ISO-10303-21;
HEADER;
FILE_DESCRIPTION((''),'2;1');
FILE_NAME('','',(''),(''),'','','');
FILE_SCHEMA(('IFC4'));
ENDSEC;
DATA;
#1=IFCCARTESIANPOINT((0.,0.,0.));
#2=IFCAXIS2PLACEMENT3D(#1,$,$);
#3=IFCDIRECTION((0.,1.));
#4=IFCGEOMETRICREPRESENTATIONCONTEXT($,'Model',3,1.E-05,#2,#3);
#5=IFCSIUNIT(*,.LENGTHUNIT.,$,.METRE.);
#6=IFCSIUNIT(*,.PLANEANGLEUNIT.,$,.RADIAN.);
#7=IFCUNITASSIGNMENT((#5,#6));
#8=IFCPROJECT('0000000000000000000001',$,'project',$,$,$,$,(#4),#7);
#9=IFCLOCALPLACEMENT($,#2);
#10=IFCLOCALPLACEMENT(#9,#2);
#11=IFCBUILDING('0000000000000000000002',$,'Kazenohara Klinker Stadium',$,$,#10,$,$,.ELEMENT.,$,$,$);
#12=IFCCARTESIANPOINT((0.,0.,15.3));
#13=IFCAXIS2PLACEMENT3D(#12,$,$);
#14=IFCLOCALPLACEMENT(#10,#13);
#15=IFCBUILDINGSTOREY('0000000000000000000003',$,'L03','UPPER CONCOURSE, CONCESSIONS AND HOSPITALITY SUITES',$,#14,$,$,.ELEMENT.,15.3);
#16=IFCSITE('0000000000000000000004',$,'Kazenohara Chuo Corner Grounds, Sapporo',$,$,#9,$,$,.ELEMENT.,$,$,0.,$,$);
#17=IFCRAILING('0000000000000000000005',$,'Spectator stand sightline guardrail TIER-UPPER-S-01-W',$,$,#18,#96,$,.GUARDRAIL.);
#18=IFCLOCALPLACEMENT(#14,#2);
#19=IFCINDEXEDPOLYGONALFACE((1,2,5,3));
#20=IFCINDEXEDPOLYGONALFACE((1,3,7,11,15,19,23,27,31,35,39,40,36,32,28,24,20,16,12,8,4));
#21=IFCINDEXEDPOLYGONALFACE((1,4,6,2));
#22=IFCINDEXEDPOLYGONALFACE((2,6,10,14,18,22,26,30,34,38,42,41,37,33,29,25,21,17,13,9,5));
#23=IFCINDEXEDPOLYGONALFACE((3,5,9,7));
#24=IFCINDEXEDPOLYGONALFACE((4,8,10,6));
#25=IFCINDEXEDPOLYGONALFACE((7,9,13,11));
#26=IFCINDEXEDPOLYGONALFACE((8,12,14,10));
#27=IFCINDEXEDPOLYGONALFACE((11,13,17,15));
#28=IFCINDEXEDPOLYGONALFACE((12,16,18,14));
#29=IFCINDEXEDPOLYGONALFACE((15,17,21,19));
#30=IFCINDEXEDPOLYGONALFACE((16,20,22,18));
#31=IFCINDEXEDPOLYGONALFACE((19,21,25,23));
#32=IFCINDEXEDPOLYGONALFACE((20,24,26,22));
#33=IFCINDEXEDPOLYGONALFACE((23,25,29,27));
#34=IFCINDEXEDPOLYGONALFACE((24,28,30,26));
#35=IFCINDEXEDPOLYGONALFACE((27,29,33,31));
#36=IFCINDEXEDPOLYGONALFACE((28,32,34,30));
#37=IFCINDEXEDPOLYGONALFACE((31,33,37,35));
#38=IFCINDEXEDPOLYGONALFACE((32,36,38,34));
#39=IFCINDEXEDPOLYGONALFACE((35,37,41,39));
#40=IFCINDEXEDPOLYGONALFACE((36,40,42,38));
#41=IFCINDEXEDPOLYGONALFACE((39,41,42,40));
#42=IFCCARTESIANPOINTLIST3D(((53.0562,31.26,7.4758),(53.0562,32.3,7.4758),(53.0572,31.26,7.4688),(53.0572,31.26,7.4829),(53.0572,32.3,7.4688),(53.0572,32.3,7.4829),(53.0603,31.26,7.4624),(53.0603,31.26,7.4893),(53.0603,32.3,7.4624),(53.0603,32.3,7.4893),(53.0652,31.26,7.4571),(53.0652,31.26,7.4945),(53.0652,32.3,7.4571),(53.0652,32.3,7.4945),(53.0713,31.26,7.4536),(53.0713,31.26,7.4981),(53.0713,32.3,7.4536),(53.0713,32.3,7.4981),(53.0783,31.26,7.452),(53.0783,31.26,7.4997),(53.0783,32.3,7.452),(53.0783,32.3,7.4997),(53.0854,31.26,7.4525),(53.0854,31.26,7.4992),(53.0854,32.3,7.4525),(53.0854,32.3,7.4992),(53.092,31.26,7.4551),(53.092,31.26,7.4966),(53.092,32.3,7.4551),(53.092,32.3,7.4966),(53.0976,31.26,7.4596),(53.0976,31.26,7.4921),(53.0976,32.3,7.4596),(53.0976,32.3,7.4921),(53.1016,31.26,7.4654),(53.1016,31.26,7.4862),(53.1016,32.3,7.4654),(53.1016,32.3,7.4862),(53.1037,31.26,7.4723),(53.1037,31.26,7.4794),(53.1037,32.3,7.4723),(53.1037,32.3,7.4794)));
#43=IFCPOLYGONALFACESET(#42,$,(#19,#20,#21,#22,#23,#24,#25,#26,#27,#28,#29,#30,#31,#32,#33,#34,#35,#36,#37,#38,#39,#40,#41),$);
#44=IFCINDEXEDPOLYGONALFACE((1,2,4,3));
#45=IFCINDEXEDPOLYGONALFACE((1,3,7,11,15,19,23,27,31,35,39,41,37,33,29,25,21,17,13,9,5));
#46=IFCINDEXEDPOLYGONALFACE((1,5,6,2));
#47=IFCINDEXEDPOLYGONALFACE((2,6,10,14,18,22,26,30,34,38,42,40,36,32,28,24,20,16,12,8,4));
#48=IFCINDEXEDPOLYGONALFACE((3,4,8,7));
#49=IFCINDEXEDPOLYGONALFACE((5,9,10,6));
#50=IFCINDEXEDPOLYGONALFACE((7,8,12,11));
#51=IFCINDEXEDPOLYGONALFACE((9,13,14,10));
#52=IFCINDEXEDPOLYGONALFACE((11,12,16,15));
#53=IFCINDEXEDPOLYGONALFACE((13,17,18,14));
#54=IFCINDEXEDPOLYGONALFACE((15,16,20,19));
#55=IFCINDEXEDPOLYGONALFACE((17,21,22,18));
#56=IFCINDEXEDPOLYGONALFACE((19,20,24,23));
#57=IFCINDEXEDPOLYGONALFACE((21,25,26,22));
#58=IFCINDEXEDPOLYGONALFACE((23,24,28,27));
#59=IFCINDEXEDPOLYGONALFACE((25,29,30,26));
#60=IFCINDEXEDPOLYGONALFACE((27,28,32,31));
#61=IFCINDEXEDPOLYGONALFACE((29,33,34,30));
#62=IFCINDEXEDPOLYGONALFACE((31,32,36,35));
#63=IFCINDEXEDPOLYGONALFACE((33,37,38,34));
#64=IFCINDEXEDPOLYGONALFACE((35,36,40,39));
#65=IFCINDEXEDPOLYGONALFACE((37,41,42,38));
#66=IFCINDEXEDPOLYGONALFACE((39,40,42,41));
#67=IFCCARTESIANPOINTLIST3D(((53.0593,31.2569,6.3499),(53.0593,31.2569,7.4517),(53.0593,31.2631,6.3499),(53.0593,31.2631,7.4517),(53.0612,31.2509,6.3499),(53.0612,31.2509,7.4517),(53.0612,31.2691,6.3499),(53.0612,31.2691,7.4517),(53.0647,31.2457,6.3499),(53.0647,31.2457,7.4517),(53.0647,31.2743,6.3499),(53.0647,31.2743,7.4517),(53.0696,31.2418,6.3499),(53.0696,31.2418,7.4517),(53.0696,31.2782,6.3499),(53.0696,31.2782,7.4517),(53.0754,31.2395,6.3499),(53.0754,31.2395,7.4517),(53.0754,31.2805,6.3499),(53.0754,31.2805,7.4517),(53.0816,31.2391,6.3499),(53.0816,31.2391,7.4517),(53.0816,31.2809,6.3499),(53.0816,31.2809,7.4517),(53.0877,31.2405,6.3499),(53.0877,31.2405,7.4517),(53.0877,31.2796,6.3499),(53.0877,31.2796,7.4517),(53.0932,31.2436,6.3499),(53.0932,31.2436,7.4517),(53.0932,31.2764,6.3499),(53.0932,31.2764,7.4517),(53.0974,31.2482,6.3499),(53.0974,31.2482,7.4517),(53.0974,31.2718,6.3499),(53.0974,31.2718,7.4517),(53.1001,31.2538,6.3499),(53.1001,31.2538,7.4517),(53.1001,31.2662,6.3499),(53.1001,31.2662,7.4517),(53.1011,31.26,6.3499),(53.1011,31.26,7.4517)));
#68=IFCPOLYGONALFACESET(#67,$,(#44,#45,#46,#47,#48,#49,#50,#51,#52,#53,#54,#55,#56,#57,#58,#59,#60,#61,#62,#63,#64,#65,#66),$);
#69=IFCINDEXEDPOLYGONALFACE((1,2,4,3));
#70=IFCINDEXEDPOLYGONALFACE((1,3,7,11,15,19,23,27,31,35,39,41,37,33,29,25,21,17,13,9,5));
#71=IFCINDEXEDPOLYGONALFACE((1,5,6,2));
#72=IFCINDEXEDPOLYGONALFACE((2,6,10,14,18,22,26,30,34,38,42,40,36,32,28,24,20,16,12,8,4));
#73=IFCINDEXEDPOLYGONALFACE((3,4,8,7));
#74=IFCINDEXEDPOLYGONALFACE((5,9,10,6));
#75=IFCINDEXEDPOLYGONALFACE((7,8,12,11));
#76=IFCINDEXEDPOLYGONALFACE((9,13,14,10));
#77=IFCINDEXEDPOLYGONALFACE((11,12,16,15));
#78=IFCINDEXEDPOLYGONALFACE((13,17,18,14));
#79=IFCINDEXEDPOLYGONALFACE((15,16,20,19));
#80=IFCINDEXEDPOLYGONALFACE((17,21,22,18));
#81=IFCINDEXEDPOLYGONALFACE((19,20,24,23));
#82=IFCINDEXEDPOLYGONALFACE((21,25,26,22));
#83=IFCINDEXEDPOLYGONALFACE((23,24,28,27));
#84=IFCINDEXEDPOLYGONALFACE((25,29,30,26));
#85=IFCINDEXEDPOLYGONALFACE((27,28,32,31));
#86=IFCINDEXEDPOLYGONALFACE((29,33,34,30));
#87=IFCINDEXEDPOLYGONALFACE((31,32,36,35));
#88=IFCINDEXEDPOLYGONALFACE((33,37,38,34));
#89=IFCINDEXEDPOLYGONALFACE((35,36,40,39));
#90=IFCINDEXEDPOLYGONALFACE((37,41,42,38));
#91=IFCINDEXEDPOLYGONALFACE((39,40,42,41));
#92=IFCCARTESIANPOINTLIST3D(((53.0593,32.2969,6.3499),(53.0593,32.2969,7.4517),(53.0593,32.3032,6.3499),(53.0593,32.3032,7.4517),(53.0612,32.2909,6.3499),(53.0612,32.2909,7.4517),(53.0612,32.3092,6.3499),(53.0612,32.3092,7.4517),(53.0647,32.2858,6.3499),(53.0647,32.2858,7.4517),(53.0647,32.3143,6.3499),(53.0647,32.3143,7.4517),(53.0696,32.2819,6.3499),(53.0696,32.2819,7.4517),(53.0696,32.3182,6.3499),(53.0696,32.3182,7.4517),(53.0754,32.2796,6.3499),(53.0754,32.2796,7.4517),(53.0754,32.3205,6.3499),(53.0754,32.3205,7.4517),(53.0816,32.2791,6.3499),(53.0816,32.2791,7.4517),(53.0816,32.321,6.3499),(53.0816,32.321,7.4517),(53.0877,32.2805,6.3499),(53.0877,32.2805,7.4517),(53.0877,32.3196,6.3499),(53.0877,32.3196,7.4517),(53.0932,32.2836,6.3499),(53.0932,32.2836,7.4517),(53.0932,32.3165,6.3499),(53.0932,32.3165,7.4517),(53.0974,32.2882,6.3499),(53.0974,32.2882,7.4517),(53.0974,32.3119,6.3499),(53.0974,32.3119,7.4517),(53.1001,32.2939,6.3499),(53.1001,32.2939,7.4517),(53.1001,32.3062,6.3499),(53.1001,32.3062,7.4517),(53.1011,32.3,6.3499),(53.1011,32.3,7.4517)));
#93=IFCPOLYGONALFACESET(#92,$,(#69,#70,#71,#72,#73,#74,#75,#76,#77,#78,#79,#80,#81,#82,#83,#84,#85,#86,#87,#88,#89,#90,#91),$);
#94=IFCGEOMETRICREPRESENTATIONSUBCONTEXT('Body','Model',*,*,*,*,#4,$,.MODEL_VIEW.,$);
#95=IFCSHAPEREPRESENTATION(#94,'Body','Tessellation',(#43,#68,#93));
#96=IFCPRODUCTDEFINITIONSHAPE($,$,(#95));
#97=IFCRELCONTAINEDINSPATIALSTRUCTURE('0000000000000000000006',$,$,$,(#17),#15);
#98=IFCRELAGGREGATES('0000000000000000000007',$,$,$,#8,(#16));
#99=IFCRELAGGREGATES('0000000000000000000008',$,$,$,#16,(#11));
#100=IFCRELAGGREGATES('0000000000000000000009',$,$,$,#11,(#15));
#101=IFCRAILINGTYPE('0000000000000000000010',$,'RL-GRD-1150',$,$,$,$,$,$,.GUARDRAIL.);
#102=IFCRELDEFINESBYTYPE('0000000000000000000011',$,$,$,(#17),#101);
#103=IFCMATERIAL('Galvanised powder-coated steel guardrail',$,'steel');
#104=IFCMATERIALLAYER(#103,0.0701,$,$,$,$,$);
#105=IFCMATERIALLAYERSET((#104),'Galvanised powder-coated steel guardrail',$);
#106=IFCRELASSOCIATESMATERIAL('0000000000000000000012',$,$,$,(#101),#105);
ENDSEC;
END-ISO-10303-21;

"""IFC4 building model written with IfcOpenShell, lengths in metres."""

from ifc_helpers import new_model, si_unit, direction, frame, origin, origin_2d, place, context, subcontext, project, spatial, circle, extrude, material, layer, layer_set, type_object, element, save


model = new_model("IFC4")

# Units and contexts
model_context = context("Model", 3, precision=1e-05, world=origin(), true_north=direction((0.0, 1.0)))
body_context = subcontext(model_context, "Body", "Model", "MODEL_VIEW")
ifc_project = project(units=[si_unit("LENGTHUNIT", "METRE"), si_unit("PLANEANGLEUNIT", "RADIAN")], contexts=[model_context])

# Site, building, storey
site_placement = place(None, origin())
site = spatial("IfcSite", under=ifc_project, at=site_placement, Name="Kazenohara Chuo Corner Grounds, Sapporo", CompositionType="ELEMENT", RefElevation=0.0)
building_placement = place(site_placement, origin())
building = spatial("IfcBuilding", under=site, at=building_placement, Name="Kazenohara Klinker Stadium", CompositionType="ELEMENT")
storey_placement = place(building_placement, frame((0.0, 0.0, 15.3)))
storey = spatial("IfcBuildingStorey", under=building, at=storey_placement, Name="L03", Description="UPPER CONCOURSE, CONCESSIONS AND HOSPITALITY SUITES", CompositionType="ELEMENT", Elevation=15.3)

# Railing
ifc_material_1 = material(Name="Galvanised powder-coated steel guardrail", Category="steel")
ifc_layer_1 = layer(ifc_material_1, 0.0701)
ifc_layer_set_1 = layer_set([ifc_layer_1], Name="Galvanised powder-coated steel guardrail")
railing_type = type_object("IfcRailingType", Name="RL-GRD-1150", PredefinedType="GUARDRAIL", material=ifc_layer_set_1)
railing_1_placement = place(storey_placement, frame((53.0801, 31.26, 6.3499)))
element("IfcRailing", 1, at=railing_1_placement, inside=storey, type_object=railing_type, Name="Spectator stand sightline guardrail TIER-UPPER-S-01-W", PredefinedType="GUARDRAIL", context=body_context, shape_type="SweptSolid", body=[
    extrude(circle(Radius=0.0239, at=origin_2d()), frame((0.0, 0.0, 1.126), z_axis=(0.0, 1.0, 0.0), x_axis=(-1.0, 0.0, 0.0)), (0.0, 0.0, 1.0), 1.04),
    extrude(circle(Radius=0.021, at=origin_2d()), origin(), (0.0, 0.0, 1.0), 1.1018),
    extrude(circle(Radius=0.021, at=origin_2d()), frame((0.0, 1.04, 0.0)), (0.0, 0.0, 1.0), 1.1018),
])

save(model, "model.ifc")
